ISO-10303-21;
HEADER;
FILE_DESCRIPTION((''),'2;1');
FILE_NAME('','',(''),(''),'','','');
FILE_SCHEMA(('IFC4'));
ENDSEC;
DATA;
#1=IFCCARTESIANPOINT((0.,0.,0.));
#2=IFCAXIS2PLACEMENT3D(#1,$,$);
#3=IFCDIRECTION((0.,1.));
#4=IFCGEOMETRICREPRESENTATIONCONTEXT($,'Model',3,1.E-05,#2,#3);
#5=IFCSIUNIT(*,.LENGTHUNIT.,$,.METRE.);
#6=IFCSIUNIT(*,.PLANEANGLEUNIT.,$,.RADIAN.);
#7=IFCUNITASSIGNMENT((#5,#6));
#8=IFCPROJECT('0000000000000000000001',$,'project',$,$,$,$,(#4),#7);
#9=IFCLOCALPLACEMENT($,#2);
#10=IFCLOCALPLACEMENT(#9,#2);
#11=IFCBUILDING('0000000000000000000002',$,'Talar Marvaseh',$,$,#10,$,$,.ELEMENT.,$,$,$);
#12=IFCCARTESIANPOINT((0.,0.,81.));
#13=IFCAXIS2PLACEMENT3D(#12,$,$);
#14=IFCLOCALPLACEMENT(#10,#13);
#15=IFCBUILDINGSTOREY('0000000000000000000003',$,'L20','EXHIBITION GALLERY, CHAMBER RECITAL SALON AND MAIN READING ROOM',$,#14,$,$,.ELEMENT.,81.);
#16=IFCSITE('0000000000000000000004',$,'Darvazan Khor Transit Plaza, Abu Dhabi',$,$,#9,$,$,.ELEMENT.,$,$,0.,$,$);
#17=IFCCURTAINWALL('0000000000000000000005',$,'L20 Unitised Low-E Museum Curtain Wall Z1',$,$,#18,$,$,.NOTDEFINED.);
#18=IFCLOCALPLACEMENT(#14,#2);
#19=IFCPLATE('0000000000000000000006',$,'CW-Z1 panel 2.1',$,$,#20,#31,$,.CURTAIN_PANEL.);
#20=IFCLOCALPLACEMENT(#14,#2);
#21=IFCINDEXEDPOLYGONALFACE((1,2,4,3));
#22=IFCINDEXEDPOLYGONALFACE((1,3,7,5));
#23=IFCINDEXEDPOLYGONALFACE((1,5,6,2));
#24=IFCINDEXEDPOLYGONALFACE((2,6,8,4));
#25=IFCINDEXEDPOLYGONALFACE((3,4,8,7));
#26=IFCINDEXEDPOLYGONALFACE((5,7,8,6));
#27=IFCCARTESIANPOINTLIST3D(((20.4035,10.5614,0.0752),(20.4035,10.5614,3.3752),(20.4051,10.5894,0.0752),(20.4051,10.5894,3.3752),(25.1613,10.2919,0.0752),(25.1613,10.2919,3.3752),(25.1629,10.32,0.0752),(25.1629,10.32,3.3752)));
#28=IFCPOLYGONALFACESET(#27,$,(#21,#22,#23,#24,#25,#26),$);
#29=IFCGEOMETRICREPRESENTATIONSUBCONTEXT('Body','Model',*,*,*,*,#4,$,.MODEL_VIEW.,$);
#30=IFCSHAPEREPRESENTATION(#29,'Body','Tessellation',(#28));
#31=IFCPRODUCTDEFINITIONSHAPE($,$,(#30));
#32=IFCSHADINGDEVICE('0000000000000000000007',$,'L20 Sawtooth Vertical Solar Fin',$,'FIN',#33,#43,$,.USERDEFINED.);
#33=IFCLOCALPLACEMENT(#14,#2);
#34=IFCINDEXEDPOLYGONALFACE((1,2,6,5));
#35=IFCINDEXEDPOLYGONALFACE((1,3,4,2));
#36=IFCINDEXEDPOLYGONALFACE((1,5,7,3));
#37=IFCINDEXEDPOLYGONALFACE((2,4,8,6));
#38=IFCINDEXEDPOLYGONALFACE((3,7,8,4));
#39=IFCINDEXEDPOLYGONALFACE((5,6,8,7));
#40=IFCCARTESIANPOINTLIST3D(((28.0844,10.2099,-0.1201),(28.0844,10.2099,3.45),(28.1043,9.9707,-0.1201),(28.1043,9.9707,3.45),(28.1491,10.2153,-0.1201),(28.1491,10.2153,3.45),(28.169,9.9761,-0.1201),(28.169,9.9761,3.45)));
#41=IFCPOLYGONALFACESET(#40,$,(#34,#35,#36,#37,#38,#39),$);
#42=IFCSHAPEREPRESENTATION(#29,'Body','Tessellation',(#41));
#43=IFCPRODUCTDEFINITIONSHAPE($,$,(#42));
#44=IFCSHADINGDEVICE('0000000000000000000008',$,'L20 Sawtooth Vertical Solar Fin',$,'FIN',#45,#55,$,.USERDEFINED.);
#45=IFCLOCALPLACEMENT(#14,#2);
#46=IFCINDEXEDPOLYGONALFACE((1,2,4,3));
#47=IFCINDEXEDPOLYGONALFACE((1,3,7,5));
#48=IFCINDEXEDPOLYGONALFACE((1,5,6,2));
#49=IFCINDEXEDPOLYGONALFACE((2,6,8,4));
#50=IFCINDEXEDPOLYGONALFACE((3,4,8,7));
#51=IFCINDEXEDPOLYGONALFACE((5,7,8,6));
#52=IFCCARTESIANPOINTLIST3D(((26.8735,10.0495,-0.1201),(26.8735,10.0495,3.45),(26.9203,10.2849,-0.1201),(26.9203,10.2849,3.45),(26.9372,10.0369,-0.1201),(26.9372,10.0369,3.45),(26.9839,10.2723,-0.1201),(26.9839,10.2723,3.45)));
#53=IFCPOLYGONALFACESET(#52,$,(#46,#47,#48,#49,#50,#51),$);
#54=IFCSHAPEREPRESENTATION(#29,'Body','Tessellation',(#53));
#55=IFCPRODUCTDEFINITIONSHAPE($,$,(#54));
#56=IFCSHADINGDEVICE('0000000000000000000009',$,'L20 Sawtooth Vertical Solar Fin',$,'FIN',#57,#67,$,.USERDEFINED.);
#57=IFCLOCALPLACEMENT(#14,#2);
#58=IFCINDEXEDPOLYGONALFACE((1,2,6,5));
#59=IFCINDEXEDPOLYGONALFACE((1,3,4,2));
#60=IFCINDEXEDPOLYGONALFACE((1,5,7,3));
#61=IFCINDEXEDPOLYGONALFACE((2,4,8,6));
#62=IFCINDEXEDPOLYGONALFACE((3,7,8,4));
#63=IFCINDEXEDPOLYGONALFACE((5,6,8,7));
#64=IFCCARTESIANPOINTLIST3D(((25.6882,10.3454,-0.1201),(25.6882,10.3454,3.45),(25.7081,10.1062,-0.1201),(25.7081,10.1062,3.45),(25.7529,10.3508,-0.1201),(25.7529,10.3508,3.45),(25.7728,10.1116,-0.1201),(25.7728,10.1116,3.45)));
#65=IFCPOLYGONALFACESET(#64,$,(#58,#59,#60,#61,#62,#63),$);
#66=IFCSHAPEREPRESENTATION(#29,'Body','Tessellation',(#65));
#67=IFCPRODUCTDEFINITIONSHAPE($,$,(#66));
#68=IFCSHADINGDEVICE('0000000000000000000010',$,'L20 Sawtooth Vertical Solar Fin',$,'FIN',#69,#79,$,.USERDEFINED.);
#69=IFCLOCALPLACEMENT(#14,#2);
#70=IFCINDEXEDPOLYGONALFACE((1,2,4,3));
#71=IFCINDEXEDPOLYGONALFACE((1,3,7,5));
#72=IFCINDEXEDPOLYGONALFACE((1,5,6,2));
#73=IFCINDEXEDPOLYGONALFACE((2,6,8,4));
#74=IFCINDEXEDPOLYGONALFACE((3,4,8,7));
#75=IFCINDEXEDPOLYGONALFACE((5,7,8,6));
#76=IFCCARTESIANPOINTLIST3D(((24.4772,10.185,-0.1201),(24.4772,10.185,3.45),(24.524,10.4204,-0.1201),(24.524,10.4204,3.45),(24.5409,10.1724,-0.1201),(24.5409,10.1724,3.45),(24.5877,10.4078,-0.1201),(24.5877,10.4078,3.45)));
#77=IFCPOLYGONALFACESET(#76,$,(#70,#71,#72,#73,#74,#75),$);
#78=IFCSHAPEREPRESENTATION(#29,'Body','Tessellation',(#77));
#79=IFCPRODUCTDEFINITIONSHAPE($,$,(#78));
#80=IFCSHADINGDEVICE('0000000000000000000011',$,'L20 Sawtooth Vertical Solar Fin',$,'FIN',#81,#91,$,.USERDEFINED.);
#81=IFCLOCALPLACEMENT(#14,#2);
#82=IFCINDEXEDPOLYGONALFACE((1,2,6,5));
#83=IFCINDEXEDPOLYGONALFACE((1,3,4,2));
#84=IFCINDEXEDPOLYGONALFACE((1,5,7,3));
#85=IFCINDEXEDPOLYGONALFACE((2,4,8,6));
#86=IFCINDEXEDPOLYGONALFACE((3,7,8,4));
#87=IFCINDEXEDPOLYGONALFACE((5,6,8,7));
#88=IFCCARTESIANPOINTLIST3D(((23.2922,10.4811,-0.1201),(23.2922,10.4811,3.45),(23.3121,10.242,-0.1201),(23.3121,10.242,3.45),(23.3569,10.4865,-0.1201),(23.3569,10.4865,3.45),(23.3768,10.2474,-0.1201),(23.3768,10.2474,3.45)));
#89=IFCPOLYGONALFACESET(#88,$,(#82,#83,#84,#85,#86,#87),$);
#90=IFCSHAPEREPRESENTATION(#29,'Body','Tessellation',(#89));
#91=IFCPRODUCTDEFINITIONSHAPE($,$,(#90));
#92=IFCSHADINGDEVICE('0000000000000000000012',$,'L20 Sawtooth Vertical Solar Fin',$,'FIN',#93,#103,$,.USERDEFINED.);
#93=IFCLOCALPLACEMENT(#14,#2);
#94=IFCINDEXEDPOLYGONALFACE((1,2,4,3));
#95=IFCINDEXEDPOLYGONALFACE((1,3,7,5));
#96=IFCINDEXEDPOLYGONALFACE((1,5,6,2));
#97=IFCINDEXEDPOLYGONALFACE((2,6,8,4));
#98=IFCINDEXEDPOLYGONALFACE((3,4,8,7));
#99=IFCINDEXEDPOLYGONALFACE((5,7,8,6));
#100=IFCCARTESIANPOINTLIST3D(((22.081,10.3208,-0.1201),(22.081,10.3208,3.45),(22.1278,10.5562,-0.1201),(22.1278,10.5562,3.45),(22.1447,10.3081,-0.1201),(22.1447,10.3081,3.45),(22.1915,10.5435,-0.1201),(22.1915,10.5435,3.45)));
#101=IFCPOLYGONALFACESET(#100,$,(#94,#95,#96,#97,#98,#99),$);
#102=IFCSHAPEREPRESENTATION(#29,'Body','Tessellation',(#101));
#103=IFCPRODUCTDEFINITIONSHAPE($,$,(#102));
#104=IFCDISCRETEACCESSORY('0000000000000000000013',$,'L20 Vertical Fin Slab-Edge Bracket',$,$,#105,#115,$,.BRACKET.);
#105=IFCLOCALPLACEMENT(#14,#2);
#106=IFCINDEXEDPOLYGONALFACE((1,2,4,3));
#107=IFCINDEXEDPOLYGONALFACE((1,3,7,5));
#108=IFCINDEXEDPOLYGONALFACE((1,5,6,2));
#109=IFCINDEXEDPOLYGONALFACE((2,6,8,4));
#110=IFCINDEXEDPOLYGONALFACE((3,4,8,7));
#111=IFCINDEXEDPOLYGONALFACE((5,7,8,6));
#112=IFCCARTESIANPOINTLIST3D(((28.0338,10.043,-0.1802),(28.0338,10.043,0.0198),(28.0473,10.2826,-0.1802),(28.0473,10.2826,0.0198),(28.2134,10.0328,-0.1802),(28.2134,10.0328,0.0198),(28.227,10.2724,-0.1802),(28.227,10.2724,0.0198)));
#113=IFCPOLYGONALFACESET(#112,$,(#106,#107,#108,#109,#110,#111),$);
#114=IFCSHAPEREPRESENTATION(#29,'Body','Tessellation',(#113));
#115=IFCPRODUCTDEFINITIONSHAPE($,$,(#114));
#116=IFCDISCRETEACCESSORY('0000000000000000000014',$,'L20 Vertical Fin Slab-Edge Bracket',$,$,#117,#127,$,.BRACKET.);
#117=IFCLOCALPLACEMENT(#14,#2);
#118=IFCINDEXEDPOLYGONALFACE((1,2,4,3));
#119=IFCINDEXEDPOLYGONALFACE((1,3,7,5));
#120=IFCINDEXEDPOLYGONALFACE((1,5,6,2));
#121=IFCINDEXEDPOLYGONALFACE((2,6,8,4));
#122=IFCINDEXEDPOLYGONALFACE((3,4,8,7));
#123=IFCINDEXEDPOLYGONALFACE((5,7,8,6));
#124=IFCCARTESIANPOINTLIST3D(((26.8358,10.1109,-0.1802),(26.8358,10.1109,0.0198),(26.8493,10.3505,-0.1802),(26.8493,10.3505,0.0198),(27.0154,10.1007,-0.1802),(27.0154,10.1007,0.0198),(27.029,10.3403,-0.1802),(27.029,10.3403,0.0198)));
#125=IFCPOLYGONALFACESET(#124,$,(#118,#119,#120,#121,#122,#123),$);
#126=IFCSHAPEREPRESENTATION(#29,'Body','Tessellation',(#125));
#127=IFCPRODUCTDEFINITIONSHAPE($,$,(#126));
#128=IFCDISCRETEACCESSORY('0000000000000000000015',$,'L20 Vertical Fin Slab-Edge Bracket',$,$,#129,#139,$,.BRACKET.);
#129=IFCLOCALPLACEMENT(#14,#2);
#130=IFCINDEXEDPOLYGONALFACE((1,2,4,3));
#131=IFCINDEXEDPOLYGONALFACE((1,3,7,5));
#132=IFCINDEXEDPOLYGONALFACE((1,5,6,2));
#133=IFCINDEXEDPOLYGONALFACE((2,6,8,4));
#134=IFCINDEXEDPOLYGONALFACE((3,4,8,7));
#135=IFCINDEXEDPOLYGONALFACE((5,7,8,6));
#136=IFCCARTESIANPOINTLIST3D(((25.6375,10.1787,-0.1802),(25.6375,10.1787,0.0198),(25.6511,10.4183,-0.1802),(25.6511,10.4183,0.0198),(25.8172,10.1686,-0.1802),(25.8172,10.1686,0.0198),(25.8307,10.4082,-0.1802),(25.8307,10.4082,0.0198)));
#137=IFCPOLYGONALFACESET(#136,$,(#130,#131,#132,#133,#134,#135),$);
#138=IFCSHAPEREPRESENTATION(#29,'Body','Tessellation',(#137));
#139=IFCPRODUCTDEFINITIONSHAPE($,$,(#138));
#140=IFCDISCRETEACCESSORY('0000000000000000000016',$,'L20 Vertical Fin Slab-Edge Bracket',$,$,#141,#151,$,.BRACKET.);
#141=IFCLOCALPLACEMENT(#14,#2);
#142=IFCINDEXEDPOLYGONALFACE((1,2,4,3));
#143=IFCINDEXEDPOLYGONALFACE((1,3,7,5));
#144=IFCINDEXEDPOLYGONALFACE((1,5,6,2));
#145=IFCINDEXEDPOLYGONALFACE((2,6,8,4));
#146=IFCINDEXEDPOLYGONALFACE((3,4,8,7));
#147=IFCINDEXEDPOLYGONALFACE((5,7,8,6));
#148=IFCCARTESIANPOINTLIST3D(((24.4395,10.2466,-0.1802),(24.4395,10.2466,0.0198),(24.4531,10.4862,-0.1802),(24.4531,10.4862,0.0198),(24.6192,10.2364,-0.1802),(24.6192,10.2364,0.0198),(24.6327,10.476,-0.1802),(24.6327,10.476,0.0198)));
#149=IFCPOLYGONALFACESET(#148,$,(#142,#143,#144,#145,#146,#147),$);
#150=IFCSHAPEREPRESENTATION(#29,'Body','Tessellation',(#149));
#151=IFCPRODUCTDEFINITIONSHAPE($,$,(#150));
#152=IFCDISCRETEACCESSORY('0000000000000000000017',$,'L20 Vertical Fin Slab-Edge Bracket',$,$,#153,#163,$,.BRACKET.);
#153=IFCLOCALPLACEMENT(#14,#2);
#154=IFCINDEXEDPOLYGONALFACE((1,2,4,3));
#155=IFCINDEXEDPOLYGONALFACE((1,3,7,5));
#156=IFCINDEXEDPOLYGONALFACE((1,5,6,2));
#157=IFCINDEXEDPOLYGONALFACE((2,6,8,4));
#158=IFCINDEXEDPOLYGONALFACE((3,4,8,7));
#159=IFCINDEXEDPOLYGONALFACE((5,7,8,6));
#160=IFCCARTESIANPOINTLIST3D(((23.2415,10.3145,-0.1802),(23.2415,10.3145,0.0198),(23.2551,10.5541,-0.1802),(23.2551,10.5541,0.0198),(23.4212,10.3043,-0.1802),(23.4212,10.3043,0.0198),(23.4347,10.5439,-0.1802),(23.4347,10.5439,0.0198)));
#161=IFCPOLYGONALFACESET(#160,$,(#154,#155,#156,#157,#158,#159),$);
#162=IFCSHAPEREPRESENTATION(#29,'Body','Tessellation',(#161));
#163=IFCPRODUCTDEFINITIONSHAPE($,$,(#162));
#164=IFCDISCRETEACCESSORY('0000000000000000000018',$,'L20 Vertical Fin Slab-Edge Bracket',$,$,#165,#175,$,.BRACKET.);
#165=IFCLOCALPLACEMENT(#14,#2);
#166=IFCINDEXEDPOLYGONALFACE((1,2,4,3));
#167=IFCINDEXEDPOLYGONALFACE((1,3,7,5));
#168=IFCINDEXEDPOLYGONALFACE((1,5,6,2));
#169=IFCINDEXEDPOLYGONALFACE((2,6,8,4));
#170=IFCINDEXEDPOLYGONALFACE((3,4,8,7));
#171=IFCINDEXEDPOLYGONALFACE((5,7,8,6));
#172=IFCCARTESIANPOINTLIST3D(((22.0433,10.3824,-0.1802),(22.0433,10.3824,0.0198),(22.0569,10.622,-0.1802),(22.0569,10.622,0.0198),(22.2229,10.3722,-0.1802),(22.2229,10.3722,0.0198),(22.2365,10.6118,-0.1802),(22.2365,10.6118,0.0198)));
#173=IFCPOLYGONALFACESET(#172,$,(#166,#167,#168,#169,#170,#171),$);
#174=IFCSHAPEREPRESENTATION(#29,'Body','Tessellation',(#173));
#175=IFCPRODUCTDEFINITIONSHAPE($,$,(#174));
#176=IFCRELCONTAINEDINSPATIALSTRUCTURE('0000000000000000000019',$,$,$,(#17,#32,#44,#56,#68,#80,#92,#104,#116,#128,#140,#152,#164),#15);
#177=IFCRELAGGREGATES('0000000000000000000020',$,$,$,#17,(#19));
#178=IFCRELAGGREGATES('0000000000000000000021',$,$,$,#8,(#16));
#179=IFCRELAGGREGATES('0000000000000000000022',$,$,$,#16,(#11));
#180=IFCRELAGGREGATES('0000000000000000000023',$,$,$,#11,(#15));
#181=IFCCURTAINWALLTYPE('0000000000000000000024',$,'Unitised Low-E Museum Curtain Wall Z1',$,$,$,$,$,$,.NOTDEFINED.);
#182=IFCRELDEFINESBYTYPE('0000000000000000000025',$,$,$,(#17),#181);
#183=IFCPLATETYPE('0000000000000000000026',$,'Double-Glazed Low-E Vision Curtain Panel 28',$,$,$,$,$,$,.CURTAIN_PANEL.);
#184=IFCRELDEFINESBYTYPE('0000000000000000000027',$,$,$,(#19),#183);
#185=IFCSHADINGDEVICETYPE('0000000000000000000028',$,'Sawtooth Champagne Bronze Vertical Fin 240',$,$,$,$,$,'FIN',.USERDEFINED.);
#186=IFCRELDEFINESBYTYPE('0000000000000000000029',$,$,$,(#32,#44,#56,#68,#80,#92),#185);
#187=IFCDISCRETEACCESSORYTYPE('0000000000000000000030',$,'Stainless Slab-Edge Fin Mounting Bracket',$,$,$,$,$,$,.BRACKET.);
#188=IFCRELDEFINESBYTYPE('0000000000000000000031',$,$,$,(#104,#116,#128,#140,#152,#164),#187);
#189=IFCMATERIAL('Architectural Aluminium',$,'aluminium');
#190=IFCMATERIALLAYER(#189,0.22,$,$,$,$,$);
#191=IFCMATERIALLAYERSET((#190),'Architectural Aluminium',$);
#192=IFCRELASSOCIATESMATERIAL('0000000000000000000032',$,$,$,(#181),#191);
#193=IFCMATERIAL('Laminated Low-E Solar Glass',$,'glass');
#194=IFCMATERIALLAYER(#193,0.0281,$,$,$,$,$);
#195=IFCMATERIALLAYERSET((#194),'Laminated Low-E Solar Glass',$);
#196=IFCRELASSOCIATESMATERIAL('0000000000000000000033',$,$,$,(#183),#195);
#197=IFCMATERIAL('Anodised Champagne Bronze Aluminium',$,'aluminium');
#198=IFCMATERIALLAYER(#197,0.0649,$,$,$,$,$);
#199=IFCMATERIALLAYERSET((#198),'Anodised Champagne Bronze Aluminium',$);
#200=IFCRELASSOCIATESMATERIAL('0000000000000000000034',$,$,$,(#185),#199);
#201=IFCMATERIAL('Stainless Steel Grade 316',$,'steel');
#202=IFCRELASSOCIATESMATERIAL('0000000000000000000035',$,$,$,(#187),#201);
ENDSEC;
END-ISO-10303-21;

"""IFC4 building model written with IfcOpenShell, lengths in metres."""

from ifc_helpers import new_model, si_unit, direction, frame, origin, origin_2d, place, context, subcontext, project, spatial, rectangle, extrude, source, transform, mapped, material, layer, layer_set, type_object, type_shapes, element, aggregate, save


model = new_model("IFC4")

# Units and contexts
model_context = context("Model", 3, precision=1e-05, world=origin(), true_north=direction((0.0, 1.0)))
body_context = subcontext(model_context, "Body", "Model", "MODEL_VIEW")
ifc_project = project(units=[si_unit("LENGTHUNIT", "METRE"), si_unit("PLANEANGLEUNIT", "RADIAN")], contexts=[model_context])

# Site, building, storey
site_placement = place(None, origin())
site = spatial("IfcSite", under=ifc_project, at=site_placement, Name="Darvazan Khor Transit Plaza, Abu Dhabi", CompositionType="ELEMENT", RefElevation=0.0)
building_placement = place(site_placement, origin())
building = spatial("IfcBuilding", under=site, at=building_placement, Name="Talar Marvaseh", CompositionType="ELEMENT")
storey_placement = place(building_placement, frame((0.0, 0.0, 81.0)))
storey = spatial("IfcBuildingStorey", under=building, at=storey_placement, Name="L20", Description="EXHIBITION GALLERY, CHAMBER RECITAL SALON AND MAIN READING ROOM", CompositionType="ELEMENT", Elevation=81.0)

# Curtain wall, plate
ifc_material_1 = material(Name="Architectural Aluminium", Category="aluminium")
ifc_layer_1 = layer(ifc_material_1, 0.22)
ifc_layer_set_1 = layer_set([ifc_layer_1], Name="Architectural Aluminium")
curtain_wall_type = type_object("IfcCurtainWallType", Name="Unitised Low-E Museum Curtain Wall Z1", PredefinedType="NOTDEFINED", material=ifc_layer_set_1)
curtain_wall_placement = place(storey_placement, origin())
curtain_wall = element("IfcCurtainWall", 1, at=curtain_wall_placement, inside=storey, type_object=curtain_wall_type, Name="L20 Unitised Low-E Museum Curtain Wall Z1", PredefinedType="NOTDEFINED")
ifc_material_2 = material(Name="Laminated Low-E Solar Glass", Category="glass")
ifc_layer_2 = layer(ifc_material_2, 0.0281)
ifc_layer_set_2 = layer_set([ifc_layer_2], Name="Laminated Low-E Solar Glass")
plate_type = type_object("IfcPlateType", Name="Double-Glazed Low-E Vision Curtain Panel 28", PredefinedType="CURTAIN_PANEL", material=ifc_layer_set_2)
shared_shape_1 = source(origin(), body_context, "Body", "SweptSolid", [
    extrude(rectangle(XDim=4.7654, YDim=0.0281, at=origin_2d()), origin(), (0.0, 0.0, 1.0), 3.3),
])
plate_1_placement = place(storey_placement, frame((22.7832, 10.4407, 0.0752), z_axis=(0.0, 0.0, 1.0), x_axis=(-0.998401, 0.056537, 0.0)))
plate_1 = element("IfcPlate", 2, at=plate_1_placement, type_object=plate_type, Name="CW-Z1 panel 2.1", PredefinedType="CURTAIN_PANEL", context=body_context, shape_type="MappedRepresentation", body=[
    mapped(shared_shape_1, transform((0.0, 0.0, 0.0), x_axis=(1.0, 0.0, 0.0), y_axis=(0.0, 1.0, 0.0), z_axis=(0.0, 0.0, 1.0), scale=1.0)),
])
aggregate(curtain_wall, [plate_1])

# Shading devices
ifc_material_3 = material(Name="Anodised Champagne Bronze Aluminium", Category="aluminium")
ifc_layer_3 = layer(ifc_material_3, 0.0649)
ifc_layer_set_3 = layer_set([ifc_layer_3], Name="Anodised Champagne Bronze Aluminium")
shading_device_type = type_object("IfcShadingDeviceType", Name="Sawtooth Champagne Bronze Vertical Fin 240", ElementType="FIN", PredefinedType="USERDEFINED", material=ifc_layer_set_3)
shared_shape_2 = source(origin(), body_context, "Body", "SweptSolid", [
    extrude(rectangle(XDim=0.24, YDim=0.0649, at=origin_2d()), origin(), (0.0, 0.0, 1.0), 3.5701),
])
type_shapes(shading_device_type, [shared_shape_2])
for number, where, z_axis, x_axis, name in (
    (3, (28.1267, 10.093, -0.1201), (0.0, 0.0, 1.0), (0.082982, -0.996551, 0.0), "L20 Sawtooth Vertical Solar Fin"),
    (4, (26.9287, 10.1609, -0.1201), (0.0, 0.0, 1.0), (-0.194919, -0.980819, 0.0), "L20 Sawtooth Vertical Solar Fin"),
    (5, (25.7305, 10.2285, -0.1201), (0.0, 0.0, 1.0), (0.082982, -0.996551, 0.0), "L20 Sawtooth Vertical Solar Fin"),
    (6, (24.5325, 10.2964, -0.1201), (0.0, 0.0, 1.0), (-0.194919, -0.980819, 0.0), "L20 Sawtooth Vertical Solar Fin"),
    (7, (23.3345, 10.3643, -0.1201), (0.0, 0.0, 1.0), (0.082982, -0.996551, 0.0), "L20 Sawtooth Vertical Solar Fin"),
    (8, (22.1362, 10.4321, -0.1201), (0.0, 0.0, 1.0), (-0.194919, -0.980819, 0.0), "L20 Sawtooth Vertical Solar Fin"),
):
    element("IfcShadingDevice", number, at=place(storey_placement, frame(where, z_axis=z_axis, x_axis=x_axis)), inside=storey, type_object=shading_device_type, Name=name, ObjectType="FIN", PredefinedType="USERDEFINED", context=body_context, shape_type="MappedRepresentation", body=[
        mapped(shared_shape_2, transform((0.0, 0.0, 0.0), x_axis=(1.0, 0.0, 0.0), y_axis=(0.0, 1.0, 0.0), z_axis=(0.0, 0.0, 1.0), scale=1.0)),
    ])

# Discrete accessories
ifc_material_4 = material(Name="Stainless Steel Grade 316", Category="steel")
discrete_accessory_type = type_object("IfcDiscreteAccessoryType", Name="Stainless Slab-Edge Fin Mounting Bracket", PredefinedType="BRACKET", material=ifc_material_4)
shared_shape_3 = source(origin(), body_context, "Body", "SweptSolid", [
    extrude(rectangle(XDim=0.24, YDim=0.1799, at=origin_2d()), origin(), (0.0, 0.0, 1.0), 0.2),
])
type_shapes(discrete_accessory_type, [shared_shape_3])
for number, where, z_axis, x_axis, name in (
    (9, (28.1304, 10.1577, -0.1802), (0.0, 0.0, 1.0), (-0.056519, -0.998402, 0.0), "L20 Vertical Fin Slab-Edge Bracket"),
    (10, (26.9324, 10.2256, -0.1802), (0.0, 0.0, 1.0), (-0.056519, -0.998402, 0.0), "L20 Vertical Fin Slab-Edge Bracket"),
    (11, (25.7341, 10.2935, -0.1802), (0.0, 0.0, 1.0), (-0.056519, -0.998402, 0.0), "L20 Vertical Fin Slab-Edge Bracket"),
    (12, (24.5361, 10.3613, -0.1802), (0.0, 0.0, 1.0), (-0.056519, -0.998402, 0.0), "L20 Vertical Fin Slab-Edge Bracket"),
    (13, (23.3381, 10.4292, -0.1802), (0.0, 0.0, 1.0), (-0.056519, -0.998402, 0.0), "L20 Vertical Fin Slab-Edge Bracket"),
    (14, (22.1399, 10.4971, -0.1802), (0.0, 0.0, 1.0), (-0.056519, -0.998402, 0.0), "L20 Vertical Fin Slab-Edge Bracket"),
):
    element("IfcDiscreteAccessory", number, at=place(storey_placement, frame(where, z_axis=z_axis, x_axis=x_axis)), inside=storey, type_object=discrete_accessory_type, Name=name, PredefinedType="BRACKET", context=body_context, shape_type="MappedRepresentation", body=[
        mapped(shared_shape_3, transform((0.0, 0.0, 0.0), x_axis=(1.0, 0.0, 0.0), y_axis=(0.0, 1.0, 0.0), z_axis=(0.0, 0.0, 1.0), scale=1.0)),
    ])

save(model, "model.ifc")
